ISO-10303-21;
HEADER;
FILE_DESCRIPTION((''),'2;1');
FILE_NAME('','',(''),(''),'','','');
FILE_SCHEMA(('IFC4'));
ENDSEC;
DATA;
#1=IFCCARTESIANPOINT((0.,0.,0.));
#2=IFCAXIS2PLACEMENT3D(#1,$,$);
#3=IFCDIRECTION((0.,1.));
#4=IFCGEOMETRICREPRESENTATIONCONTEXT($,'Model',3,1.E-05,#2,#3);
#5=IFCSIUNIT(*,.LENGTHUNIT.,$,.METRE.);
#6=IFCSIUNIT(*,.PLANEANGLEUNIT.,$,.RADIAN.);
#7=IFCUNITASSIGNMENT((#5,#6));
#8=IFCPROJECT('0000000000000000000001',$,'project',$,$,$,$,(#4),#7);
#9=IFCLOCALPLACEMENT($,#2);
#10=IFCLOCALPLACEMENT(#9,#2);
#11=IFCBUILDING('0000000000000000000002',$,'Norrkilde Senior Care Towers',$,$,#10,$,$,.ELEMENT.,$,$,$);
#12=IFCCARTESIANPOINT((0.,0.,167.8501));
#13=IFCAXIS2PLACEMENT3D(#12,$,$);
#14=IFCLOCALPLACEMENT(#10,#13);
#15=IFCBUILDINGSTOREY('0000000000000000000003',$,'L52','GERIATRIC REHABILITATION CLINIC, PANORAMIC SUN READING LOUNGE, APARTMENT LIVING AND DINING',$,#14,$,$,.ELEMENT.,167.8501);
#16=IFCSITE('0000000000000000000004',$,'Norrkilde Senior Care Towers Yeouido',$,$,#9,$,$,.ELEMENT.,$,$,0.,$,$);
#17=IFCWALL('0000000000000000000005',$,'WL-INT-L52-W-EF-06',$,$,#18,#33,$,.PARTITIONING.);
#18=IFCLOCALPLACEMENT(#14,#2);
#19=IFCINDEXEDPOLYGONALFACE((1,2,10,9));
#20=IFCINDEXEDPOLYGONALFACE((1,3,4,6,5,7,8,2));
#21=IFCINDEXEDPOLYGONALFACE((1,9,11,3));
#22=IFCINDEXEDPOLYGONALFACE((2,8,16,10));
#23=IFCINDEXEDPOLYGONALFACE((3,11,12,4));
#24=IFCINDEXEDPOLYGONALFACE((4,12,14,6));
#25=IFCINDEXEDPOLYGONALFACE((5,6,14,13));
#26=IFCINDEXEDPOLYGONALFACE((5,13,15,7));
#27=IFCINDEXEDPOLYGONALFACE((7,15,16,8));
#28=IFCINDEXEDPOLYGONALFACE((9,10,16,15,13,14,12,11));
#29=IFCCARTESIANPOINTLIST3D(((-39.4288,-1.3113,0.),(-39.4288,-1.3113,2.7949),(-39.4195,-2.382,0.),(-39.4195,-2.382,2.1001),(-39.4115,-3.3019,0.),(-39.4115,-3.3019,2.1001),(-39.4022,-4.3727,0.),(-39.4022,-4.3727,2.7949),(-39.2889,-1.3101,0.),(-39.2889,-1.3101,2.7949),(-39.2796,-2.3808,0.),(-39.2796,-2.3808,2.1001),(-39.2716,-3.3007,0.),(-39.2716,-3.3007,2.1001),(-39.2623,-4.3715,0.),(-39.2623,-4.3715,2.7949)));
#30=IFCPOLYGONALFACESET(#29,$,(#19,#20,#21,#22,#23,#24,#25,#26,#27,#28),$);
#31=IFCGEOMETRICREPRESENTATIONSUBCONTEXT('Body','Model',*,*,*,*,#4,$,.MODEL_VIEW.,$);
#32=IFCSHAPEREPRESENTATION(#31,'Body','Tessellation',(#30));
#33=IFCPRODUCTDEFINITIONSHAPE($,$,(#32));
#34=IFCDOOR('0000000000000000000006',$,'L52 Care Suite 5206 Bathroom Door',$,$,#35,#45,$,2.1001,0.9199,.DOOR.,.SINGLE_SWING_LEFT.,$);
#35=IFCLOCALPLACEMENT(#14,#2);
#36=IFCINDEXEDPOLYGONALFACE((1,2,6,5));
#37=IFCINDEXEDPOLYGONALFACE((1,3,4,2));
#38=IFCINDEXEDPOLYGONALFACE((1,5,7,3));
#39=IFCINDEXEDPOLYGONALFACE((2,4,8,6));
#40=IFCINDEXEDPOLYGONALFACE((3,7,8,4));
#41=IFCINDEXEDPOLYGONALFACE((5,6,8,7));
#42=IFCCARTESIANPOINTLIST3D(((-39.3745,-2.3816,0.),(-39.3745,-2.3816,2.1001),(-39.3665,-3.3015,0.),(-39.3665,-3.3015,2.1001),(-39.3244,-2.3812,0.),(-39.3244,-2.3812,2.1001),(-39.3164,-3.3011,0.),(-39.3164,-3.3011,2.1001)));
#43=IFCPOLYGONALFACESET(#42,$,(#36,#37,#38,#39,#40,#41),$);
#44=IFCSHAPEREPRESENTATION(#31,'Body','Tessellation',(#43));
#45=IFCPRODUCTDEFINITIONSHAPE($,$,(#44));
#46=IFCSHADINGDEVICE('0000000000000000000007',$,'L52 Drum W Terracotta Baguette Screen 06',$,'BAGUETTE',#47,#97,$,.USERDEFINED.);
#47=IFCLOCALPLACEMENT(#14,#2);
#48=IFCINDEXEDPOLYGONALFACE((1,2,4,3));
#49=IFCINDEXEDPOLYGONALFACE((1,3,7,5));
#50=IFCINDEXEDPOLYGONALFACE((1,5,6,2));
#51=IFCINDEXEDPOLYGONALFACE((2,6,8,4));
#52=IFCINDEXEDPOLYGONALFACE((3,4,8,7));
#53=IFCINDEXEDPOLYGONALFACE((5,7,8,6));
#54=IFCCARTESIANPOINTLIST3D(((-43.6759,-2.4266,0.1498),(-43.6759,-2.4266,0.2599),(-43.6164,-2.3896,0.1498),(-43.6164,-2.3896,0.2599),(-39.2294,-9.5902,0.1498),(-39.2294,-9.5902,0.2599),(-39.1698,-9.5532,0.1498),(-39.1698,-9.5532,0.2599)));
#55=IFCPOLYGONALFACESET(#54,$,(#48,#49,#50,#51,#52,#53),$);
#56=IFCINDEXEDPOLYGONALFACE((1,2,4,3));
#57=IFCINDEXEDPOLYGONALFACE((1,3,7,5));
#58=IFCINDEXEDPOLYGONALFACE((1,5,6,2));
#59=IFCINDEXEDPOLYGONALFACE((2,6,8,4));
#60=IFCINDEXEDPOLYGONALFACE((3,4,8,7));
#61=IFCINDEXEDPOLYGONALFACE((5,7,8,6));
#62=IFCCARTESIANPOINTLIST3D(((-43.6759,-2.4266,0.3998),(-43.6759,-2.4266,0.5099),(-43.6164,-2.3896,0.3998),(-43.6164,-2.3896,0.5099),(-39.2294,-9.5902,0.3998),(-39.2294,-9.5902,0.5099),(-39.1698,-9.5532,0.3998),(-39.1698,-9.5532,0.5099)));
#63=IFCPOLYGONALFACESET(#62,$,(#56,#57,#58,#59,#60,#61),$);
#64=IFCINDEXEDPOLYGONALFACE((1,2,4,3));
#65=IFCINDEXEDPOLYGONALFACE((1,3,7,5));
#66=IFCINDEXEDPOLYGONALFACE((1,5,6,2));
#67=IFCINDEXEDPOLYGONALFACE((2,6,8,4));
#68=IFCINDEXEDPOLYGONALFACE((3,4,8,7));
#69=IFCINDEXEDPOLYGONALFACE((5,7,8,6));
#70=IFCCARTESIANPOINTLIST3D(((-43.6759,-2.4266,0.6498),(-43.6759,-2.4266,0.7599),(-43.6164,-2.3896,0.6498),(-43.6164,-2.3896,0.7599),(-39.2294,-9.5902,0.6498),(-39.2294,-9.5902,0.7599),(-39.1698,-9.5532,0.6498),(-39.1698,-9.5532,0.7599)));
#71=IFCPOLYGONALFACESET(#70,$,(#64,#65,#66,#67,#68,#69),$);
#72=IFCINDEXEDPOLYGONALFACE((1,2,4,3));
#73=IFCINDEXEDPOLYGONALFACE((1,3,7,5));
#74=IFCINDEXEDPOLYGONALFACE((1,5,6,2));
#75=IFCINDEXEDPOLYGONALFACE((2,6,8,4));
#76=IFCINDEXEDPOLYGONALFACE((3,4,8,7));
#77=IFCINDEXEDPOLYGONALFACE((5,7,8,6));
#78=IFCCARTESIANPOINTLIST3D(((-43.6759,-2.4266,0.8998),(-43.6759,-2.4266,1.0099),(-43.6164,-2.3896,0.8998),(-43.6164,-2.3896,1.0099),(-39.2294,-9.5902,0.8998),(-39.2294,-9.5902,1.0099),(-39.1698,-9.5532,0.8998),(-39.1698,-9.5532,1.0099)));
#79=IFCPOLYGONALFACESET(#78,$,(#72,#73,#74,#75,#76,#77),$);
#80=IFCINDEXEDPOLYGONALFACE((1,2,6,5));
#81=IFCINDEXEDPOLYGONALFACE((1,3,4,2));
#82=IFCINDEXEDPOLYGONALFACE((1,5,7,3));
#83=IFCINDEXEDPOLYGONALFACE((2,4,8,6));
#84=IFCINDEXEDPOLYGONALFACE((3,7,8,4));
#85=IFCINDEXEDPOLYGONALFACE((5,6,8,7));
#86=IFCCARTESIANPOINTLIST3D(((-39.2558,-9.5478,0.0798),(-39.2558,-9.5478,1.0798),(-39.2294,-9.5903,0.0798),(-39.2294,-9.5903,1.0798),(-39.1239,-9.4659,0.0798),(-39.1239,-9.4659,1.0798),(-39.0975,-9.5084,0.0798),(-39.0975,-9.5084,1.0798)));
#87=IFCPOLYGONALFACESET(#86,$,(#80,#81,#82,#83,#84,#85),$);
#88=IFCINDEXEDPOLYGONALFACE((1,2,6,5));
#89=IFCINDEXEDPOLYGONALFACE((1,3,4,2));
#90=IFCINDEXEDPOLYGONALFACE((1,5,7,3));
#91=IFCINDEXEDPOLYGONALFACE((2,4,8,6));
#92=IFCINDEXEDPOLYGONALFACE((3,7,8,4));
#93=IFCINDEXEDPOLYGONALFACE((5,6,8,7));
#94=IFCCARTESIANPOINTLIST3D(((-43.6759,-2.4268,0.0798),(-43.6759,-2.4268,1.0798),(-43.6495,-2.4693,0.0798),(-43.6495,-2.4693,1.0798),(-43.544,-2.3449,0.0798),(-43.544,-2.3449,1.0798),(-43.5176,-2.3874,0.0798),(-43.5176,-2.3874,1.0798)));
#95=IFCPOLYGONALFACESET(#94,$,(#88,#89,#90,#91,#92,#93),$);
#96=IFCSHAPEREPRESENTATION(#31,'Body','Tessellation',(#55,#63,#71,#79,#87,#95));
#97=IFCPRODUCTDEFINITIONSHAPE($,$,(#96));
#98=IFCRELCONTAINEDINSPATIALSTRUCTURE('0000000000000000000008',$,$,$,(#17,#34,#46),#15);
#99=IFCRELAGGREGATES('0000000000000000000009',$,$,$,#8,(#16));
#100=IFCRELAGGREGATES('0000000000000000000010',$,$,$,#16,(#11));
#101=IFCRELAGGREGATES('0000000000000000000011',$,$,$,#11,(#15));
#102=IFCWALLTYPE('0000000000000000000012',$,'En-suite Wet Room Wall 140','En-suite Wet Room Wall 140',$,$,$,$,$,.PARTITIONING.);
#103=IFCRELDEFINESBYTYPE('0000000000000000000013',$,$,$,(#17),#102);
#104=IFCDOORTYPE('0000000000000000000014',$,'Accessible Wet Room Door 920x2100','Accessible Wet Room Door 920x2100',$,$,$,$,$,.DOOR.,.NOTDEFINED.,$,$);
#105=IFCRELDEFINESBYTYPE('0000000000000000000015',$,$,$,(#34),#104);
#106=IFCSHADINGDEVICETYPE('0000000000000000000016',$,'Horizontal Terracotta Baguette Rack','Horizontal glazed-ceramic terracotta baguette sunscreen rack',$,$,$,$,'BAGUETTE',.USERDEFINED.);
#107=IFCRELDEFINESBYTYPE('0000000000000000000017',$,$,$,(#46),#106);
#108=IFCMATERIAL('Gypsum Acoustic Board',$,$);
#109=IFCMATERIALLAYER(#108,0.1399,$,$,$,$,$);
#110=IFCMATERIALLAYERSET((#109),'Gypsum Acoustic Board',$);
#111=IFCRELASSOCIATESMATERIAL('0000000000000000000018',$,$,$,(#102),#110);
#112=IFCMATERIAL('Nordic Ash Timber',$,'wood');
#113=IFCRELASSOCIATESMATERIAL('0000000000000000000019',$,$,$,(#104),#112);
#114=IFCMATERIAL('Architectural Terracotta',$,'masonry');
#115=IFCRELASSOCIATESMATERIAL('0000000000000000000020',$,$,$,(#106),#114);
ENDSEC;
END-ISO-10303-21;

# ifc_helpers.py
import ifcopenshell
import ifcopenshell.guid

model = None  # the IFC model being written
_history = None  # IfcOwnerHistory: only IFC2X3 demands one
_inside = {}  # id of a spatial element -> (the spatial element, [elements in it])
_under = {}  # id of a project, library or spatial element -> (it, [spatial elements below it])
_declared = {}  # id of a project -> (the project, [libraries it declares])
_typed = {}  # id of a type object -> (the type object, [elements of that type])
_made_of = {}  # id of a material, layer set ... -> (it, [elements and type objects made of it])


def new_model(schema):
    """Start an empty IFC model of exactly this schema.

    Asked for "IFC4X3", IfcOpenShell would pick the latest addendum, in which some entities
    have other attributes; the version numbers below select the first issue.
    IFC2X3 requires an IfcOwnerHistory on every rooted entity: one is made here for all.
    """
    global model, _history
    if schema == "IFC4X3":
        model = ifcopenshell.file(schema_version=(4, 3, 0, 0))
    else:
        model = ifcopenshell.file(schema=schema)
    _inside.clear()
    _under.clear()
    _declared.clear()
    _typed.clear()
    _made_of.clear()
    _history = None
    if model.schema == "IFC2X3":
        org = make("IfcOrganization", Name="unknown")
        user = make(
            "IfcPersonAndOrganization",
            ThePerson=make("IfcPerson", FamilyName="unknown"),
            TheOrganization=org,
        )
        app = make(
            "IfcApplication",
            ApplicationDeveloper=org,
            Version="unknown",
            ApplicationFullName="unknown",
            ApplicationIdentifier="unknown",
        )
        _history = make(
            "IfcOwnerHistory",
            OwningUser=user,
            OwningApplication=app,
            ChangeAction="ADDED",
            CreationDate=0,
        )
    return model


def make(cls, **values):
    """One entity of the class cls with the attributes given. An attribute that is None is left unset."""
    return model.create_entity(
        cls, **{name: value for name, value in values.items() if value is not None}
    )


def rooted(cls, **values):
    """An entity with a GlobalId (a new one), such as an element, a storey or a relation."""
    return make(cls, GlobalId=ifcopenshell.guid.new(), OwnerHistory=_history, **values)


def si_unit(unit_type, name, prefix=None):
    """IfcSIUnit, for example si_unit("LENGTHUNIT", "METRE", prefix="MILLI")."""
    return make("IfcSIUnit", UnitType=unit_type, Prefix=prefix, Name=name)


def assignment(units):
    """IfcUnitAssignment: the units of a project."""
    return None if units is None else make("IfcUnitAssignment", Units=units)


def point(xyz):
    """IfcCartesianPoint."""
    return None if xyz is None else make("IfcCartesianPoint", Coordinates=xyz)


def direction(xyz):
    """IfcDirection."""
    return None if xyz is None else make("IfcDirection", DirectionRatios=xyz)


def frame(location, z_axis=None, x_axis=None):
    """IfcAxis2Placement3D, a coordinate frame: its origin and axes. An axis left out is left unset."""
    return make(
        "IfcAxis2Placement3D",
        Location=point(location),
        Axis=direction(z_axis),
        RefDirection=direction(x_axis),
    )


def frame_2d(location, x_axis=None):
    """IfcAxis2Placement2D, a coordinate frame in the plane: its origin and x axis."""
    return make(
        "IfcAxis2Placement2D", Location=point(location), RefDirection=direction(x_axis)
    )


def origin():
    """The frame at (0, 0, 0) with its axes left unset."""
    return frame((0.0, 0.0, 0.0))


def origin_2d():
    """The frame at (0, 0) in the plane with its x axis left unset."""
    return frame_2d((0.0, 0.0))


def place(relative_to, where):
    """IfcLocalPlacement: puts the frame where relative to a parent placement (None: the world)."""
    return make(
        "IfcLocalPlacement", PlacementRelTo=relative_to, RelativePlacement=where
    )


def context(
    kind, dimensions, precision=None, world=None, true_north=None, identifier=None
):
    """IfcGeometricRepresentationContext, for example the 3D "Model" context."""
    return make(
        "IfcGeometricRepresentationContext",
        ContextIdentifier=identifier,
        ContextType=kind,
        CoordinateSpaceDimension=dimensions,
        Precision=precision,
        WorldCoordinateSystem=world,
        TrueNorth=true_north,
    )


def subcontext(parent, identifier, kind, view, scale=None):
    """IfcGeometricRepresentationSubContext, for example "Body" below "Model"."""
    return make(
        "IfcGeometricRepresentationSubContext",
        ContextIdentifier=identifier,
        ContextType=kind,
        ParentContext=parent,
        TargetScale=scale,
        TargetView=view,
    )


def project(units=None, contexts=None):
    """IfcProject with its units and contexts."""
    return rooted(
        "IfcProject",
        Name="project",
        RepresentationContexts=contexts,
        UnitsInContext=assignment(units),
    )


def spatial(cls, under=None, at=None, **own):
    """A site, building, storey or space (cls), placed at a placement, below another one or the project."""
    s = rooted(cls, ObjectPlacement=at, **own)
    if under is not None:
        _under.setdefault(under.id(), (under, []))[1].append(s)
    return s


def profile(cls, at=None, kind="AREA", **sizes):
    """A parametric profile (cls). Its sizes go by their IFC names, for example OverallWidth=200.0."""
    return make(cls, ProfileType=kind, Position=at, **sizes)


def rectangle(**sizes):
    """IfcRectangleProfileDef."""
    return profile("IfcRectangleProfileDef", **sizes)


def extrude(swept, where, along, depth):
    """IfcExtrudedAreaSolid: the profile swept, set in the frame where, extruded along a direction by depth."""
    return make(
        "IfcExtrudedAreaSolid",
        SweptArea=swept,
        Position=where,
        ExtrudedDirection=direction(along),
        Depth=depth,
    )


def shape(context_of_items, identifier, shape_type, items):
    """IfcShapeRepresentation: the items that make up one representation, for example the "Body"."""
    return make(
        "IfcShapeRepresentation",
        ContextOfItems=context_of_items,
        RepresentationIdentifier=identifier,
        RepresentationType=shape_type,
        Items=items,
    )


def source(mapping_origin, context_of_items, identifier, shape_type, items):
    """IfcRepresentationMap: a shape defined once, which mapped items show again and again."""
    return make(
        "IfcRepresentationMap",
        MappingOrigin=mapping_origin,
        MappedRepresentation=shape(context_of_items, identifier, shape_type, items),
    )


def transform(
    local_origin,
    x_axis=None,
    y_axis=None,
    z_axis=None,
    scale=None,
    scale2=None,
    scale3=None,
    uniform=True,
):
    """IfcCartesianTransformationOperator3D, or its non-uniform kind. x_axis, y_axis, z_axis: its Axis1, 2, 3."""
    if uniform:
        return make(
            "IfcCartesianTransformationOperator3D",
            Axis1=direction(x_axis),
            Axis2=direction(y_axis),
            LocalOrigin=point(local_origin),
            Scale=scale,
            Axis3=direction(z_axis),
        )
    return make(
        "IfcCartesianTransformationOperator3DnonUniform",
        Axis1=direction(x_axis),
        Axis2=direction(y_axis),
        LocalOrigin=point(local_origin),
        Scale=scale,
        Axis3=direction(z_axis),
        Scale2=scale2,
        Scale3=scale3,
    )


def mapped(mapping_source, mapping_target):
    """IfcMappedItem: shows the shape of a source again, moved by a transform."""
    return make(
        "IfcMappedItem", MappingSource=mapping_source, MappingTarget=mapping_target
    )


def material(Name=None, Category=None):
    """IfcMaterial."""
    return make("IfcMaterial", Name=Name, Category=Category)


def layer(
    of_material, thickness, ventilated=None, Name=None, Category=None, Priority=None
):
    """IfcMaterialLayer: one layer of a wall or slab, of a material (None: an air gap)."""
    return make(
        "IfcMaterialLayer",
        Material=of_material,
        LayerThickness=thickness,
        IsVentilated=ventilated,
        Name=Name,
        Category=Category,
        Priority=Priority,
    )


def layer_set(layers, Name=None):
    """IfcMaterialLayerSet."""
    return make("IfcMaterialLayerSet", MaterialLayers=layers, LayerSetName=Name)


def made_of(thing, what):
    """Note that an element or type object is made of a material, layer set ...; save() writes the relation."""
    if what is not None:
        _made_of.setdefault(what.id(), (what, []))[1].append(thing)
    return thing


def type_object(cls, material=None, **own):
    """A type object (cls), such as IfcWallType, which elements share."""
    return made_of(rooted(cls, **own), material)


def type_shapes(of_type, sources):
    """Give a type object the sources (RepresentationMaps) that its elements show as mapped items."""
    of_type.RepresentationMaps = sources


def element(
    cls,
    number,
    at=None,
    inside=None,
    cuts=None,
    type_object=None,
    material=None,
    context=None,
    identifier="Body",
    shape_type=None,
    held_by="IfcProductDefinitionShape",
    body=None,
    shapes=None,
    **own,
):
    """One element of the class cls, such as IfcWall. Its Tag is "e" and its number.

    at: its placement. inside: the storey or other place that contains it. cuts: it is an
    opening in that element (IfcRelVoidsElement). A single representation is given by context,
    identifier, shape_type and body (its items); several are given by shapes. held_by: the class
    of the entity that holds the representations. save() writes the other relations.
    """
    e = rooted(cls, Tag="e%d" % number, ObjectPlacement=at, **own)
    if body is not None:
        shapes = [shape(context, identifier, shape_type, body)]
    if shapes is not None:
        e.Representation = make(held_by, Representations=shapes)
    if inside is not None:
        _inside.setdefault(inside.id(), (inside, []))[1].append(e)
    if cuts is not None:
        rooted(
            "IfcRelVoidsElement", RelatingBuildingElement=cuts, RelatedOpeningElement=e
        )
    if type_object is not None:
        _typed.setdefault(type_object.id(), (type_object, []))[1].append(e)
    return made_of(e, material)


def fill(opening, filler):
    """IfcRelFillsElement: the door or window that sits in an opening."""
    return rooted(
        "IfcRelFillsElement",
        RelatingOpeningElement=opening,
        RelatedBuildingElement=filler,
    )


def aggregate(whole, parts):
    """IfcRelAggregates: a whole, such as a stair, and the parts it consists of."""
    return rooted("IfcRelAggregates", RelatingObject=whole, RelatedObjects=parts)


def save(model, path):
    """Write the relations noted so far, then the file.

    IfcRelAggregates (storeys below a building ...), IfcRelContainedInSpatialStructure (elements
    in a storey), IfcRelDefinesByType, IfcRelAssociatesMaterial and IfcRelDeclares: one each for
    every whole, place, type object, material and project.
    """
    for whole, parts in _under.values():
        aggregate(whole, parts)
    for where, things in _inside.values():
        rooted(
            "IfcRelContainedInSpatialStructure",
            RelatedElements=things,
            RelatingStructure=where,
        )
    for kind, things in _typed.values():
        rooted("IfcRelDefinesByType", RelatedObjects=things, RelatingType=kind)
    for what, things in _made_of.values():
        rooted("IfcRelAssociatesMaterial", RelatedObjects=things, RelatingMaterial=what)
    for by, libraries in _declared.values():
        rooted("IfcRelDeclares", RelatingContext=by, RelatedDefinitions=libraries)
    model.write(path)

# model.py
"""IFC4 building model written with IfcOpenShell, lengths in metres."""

from ifc_helpers import new_model, si_unit, direction, frame, frame_2d, origin, origin_2d, place, context, subcontext, project, spatial, rectangle, extrude, source, transform, mapped, material, layer, layer_set, type_object, type_shapes, element, fill, save


model = new_model("IFC4")

# Units and contexts
model_context = context("Model", 3, precision=1e-05, world=origin(), true_north=direction((0.0, 1.0)))
body_context = subcontext(model_context, "Body", "Model", "MODEL_VIEW")
ifc_project = project(units=[si_unit("LENGTHUNIT", "METRE"), si_unit("PLANEANGLEUNIT", "RADIAN")], contexts=[model_context])

# Site, building, storey
site_placement = place(None, origin())
site = spatial("IfcSite", under=ifc_project, at=site_placement, Name="Norrkilde Senior Care Towers Yeouido", CompositionType="ELEMENT", RefElevation=0.0)
building_placement = place(site_placement, origin())
building = spatial("IfcBuilding", under=site, at=building_placement, Name="Norrkilde Senior Care Towers", CompositionType="ELEMENT")
storey_placement = place(building_placement, frame((0.0, 0.0, 167.8501)))
storey = spatial("IfcBuildingStorey", under=building, at=storey_placement, Name="L52", Description="GERIATRIC REHABILITATION CLINIC, PANORAMIC SUN READING LOUNGE, APARTMENT LIVING AND DINING", CompositionType="ELEMENT", Elevation=167.8501)

# Shared definitions
ifc_material_1 = material(Name="Gypsum Acoustic Board")
ifc_layer_1 = layer(ifc_material_1, 0.1399)
ifc_layer_set_1 = layer_set([ifc_layer_1], Name="Gypsum Acoustic Board")
wall_type_1 = type_object("IfcWallType", Name="En-suite Wet Room Wall 140", Description="En-suite Wet Room Wall 140", PredefinedType="PARTITIONING", material=ifc_layer_set_1)

# Shared definitions
ifc_material_2 = material(Name="Nordic Ash Timber", Category="wood")

# Wall, opening, door
shared_shape_1 = source(origin(), body_context, "Body", "SweptSolid", [
    extrude(rectangle(XDim=3.0615, YDim=0.1399, at=frame_2d((1.5308, 0.0))), origin(), (0.0, 0.0, 1.0), 2.7949),
])
wall_1_placement = place(storey_placement, frame((-39.3323, -4.3721, 0.0), z_axis=(0.0, 0.0, 1.0), x_axis=(-0.008692, 0.999962, 0.0)))
wall_1 = element("IfcWall", 1, at=wall_1_placement, inside=storey, type_object=wall_type_1, Name="WL-INT-L52-W-EF-06", PredefinedType="PARTITIONING", context=body_context, shape_type="MappedRepresentation", body=[
    mapped(shared_shape_1, transform((0.0, 0.0, 0.0), x_axis=(1.0, 0.0, 0.0), y_axis=(0.0, 1.0, 0.0), z_axis=(0.0, 0.0, 1.0), scale=1.0)),
])
opening_1_placement = place(wall_1_placement, frame((1.0708, 0.0, 0.0)))
opening_1 = element("IfcOpeningElement", 2, at=opening_1_placement, cuts=wall_1, PredefinedType="OPENING", context=body_context, shape_type="SweptSolid", body=[
    extrude(rectangle(XDim=0.9199, YDim=2.1001, at=frame_2d((0.46, 1.05))), frame((0.0, 0.0798, 0.0), z_axis=(0.0, -1.0, 0.0), x_axis=(1.0, 0.0, 0.0)), (0.0, 0.0, 1.0), 0.1599),
])
door_type_1 = type_object("IfcDoorType", Name="Accessible Wet Room Door 920x2100", Description="Accessible Wet Room Door 920x2100", OperationType="NOTDEFINED", PredefinedType="DOOR", material=ifc_material_2)
shared_shape_2 = source(origin(), body_context, "Body", "SweptSolid", [
    extrude(rectangle(XDim=0.9199, YDim=2.1001, at=frame_2d((0.46, 1.05))), frame((0.0, 0.0249, 0.0), z_axis=(0.0, -1.0, 0.0), x_axis=(1.0, 0.0, 0.0)), (0.0, 0.0, 1.0), 0.05),
])
type_shapes(door_type_1, [shared_shape_2])
door_1_placement = place(opening_1_placement, origin())
door_1 = element("IfcDoor", 3, at=door_1_placement, inside=storey, type_object=door_type_1, Name="L52 Care Suite 5206 Bathroom Door", OperationType="SINGLE_SWING_LEFT", OverallHeight=2.1001, OverallWidth=0.9199, PredefinedType="DOOR", context=body_context, shape_type="MappedRepresentation", body=[
    mapped(shared_shape_2, transform((0.0, 0.0, 0.0), x_axis=(1.0, 0.0, 0.0), y_axis=(0.0, 1.0, 0.0), z_axis=(0.0, 0.0, 1.0), scale=1.0)),
])
fill(opening_1, door_1)

# Shading device
ifc_material_3 = material(Name="Architectural Terracotta", Category="masonry")
shading_device_type = type_object("IfcShadingDeviceType", Name="Horizontal Terracotta Baguette Rack", Description="Horizontal glazed-ceramic terracotta baguette sunscreen rack", ElementType="BAGUETTE", PredefinedType="USERDEFINED", material=ifc_material_3)
shared_shape_3 = source(origin(), body_context, "Body", "SweptSolid", [
    extrude(rectangle(XDim=0.0701, YDim=0.1101, at=origin_2d()), frame((0.0, 0.0901, 0.125), z_axis=(1.0, 0.0, 0.0), x_axis=(0.0, 1.0, 0.0)), (0.0, 0.0, 1.0), 8.4314),
    extrude(rectangle(XDim=0.0701, YDim=0.1101, at=origin_2d()), frame((0.0, 0.0901, 0.375), z_axis=(1.0, 0.0, 0.0), x_axis=(0.0, 1.0, 0.0)), (0.0, 0.0, 1.0), 8.4314),
    extrude(rectangle(XDim=0.0701, YDim=0.1101, at=origin_2d()), frame((0.0, 0.0901, 0.625), z_axis=(1.0, 0.0, 0.0), x_axis=(0.0, 1.0, 0.0)), (0.0, 0.0, 1.0), 8.4314),
    extrude(rectangle(XDim=0.0701, YDim=0.1101, at=origin_2d()), frame((0.0, 0.0901, 0.875), z_axis=(1.0, 0.0, 0.0), x_axis=(0.0, 1.0, 0.0)), (0.0, 0.0, 1.0), 8.4314),
    extrude(rectangle(XDim=0.05, YDim=0.1553, at=origin_2d()), frame((0.0249, 0.0476, 0.0)), (0.0, 0.0, 1.0), 1.0),
    extrude(rectangle(XDim=0.05, YDim=0.1553, at=origin_2d()), frame((8.4062, 0.0476, 0.0)), (0.0, 0.0, 1.0), 1.0),
])
type_shapes(shading_device_type, [shared_shape_3])
shading_device_placement = place(storey_placement, frame((-39.123, -9.5242, 0.0798), z_axis=(0.0, 0.0, 1.0), x_axis=(-0.527378, 0.849631, 0.0)))
element("IfcShadingDevice", 4, at=shading_device_placement, inside=storey, type_object=shading_device_type, Name="L52 Drum W Terracotta Baguette Screen 06", ObjectType="BAGUETTE", PredefinedType="USERDEFINED", context=body_context, shape_type="MappedRepresentation", body=[
    mapped(shared_shape_3, transform((0.0, 0.0, 0.0), x_axis=(1.0, 0.0, 0.0), y_axis=(0.0, 1.0, 0.0), z_axis=(0.0, 0.0, 1.0), scale=1.0)),
])

save(model, "model.ifc")
